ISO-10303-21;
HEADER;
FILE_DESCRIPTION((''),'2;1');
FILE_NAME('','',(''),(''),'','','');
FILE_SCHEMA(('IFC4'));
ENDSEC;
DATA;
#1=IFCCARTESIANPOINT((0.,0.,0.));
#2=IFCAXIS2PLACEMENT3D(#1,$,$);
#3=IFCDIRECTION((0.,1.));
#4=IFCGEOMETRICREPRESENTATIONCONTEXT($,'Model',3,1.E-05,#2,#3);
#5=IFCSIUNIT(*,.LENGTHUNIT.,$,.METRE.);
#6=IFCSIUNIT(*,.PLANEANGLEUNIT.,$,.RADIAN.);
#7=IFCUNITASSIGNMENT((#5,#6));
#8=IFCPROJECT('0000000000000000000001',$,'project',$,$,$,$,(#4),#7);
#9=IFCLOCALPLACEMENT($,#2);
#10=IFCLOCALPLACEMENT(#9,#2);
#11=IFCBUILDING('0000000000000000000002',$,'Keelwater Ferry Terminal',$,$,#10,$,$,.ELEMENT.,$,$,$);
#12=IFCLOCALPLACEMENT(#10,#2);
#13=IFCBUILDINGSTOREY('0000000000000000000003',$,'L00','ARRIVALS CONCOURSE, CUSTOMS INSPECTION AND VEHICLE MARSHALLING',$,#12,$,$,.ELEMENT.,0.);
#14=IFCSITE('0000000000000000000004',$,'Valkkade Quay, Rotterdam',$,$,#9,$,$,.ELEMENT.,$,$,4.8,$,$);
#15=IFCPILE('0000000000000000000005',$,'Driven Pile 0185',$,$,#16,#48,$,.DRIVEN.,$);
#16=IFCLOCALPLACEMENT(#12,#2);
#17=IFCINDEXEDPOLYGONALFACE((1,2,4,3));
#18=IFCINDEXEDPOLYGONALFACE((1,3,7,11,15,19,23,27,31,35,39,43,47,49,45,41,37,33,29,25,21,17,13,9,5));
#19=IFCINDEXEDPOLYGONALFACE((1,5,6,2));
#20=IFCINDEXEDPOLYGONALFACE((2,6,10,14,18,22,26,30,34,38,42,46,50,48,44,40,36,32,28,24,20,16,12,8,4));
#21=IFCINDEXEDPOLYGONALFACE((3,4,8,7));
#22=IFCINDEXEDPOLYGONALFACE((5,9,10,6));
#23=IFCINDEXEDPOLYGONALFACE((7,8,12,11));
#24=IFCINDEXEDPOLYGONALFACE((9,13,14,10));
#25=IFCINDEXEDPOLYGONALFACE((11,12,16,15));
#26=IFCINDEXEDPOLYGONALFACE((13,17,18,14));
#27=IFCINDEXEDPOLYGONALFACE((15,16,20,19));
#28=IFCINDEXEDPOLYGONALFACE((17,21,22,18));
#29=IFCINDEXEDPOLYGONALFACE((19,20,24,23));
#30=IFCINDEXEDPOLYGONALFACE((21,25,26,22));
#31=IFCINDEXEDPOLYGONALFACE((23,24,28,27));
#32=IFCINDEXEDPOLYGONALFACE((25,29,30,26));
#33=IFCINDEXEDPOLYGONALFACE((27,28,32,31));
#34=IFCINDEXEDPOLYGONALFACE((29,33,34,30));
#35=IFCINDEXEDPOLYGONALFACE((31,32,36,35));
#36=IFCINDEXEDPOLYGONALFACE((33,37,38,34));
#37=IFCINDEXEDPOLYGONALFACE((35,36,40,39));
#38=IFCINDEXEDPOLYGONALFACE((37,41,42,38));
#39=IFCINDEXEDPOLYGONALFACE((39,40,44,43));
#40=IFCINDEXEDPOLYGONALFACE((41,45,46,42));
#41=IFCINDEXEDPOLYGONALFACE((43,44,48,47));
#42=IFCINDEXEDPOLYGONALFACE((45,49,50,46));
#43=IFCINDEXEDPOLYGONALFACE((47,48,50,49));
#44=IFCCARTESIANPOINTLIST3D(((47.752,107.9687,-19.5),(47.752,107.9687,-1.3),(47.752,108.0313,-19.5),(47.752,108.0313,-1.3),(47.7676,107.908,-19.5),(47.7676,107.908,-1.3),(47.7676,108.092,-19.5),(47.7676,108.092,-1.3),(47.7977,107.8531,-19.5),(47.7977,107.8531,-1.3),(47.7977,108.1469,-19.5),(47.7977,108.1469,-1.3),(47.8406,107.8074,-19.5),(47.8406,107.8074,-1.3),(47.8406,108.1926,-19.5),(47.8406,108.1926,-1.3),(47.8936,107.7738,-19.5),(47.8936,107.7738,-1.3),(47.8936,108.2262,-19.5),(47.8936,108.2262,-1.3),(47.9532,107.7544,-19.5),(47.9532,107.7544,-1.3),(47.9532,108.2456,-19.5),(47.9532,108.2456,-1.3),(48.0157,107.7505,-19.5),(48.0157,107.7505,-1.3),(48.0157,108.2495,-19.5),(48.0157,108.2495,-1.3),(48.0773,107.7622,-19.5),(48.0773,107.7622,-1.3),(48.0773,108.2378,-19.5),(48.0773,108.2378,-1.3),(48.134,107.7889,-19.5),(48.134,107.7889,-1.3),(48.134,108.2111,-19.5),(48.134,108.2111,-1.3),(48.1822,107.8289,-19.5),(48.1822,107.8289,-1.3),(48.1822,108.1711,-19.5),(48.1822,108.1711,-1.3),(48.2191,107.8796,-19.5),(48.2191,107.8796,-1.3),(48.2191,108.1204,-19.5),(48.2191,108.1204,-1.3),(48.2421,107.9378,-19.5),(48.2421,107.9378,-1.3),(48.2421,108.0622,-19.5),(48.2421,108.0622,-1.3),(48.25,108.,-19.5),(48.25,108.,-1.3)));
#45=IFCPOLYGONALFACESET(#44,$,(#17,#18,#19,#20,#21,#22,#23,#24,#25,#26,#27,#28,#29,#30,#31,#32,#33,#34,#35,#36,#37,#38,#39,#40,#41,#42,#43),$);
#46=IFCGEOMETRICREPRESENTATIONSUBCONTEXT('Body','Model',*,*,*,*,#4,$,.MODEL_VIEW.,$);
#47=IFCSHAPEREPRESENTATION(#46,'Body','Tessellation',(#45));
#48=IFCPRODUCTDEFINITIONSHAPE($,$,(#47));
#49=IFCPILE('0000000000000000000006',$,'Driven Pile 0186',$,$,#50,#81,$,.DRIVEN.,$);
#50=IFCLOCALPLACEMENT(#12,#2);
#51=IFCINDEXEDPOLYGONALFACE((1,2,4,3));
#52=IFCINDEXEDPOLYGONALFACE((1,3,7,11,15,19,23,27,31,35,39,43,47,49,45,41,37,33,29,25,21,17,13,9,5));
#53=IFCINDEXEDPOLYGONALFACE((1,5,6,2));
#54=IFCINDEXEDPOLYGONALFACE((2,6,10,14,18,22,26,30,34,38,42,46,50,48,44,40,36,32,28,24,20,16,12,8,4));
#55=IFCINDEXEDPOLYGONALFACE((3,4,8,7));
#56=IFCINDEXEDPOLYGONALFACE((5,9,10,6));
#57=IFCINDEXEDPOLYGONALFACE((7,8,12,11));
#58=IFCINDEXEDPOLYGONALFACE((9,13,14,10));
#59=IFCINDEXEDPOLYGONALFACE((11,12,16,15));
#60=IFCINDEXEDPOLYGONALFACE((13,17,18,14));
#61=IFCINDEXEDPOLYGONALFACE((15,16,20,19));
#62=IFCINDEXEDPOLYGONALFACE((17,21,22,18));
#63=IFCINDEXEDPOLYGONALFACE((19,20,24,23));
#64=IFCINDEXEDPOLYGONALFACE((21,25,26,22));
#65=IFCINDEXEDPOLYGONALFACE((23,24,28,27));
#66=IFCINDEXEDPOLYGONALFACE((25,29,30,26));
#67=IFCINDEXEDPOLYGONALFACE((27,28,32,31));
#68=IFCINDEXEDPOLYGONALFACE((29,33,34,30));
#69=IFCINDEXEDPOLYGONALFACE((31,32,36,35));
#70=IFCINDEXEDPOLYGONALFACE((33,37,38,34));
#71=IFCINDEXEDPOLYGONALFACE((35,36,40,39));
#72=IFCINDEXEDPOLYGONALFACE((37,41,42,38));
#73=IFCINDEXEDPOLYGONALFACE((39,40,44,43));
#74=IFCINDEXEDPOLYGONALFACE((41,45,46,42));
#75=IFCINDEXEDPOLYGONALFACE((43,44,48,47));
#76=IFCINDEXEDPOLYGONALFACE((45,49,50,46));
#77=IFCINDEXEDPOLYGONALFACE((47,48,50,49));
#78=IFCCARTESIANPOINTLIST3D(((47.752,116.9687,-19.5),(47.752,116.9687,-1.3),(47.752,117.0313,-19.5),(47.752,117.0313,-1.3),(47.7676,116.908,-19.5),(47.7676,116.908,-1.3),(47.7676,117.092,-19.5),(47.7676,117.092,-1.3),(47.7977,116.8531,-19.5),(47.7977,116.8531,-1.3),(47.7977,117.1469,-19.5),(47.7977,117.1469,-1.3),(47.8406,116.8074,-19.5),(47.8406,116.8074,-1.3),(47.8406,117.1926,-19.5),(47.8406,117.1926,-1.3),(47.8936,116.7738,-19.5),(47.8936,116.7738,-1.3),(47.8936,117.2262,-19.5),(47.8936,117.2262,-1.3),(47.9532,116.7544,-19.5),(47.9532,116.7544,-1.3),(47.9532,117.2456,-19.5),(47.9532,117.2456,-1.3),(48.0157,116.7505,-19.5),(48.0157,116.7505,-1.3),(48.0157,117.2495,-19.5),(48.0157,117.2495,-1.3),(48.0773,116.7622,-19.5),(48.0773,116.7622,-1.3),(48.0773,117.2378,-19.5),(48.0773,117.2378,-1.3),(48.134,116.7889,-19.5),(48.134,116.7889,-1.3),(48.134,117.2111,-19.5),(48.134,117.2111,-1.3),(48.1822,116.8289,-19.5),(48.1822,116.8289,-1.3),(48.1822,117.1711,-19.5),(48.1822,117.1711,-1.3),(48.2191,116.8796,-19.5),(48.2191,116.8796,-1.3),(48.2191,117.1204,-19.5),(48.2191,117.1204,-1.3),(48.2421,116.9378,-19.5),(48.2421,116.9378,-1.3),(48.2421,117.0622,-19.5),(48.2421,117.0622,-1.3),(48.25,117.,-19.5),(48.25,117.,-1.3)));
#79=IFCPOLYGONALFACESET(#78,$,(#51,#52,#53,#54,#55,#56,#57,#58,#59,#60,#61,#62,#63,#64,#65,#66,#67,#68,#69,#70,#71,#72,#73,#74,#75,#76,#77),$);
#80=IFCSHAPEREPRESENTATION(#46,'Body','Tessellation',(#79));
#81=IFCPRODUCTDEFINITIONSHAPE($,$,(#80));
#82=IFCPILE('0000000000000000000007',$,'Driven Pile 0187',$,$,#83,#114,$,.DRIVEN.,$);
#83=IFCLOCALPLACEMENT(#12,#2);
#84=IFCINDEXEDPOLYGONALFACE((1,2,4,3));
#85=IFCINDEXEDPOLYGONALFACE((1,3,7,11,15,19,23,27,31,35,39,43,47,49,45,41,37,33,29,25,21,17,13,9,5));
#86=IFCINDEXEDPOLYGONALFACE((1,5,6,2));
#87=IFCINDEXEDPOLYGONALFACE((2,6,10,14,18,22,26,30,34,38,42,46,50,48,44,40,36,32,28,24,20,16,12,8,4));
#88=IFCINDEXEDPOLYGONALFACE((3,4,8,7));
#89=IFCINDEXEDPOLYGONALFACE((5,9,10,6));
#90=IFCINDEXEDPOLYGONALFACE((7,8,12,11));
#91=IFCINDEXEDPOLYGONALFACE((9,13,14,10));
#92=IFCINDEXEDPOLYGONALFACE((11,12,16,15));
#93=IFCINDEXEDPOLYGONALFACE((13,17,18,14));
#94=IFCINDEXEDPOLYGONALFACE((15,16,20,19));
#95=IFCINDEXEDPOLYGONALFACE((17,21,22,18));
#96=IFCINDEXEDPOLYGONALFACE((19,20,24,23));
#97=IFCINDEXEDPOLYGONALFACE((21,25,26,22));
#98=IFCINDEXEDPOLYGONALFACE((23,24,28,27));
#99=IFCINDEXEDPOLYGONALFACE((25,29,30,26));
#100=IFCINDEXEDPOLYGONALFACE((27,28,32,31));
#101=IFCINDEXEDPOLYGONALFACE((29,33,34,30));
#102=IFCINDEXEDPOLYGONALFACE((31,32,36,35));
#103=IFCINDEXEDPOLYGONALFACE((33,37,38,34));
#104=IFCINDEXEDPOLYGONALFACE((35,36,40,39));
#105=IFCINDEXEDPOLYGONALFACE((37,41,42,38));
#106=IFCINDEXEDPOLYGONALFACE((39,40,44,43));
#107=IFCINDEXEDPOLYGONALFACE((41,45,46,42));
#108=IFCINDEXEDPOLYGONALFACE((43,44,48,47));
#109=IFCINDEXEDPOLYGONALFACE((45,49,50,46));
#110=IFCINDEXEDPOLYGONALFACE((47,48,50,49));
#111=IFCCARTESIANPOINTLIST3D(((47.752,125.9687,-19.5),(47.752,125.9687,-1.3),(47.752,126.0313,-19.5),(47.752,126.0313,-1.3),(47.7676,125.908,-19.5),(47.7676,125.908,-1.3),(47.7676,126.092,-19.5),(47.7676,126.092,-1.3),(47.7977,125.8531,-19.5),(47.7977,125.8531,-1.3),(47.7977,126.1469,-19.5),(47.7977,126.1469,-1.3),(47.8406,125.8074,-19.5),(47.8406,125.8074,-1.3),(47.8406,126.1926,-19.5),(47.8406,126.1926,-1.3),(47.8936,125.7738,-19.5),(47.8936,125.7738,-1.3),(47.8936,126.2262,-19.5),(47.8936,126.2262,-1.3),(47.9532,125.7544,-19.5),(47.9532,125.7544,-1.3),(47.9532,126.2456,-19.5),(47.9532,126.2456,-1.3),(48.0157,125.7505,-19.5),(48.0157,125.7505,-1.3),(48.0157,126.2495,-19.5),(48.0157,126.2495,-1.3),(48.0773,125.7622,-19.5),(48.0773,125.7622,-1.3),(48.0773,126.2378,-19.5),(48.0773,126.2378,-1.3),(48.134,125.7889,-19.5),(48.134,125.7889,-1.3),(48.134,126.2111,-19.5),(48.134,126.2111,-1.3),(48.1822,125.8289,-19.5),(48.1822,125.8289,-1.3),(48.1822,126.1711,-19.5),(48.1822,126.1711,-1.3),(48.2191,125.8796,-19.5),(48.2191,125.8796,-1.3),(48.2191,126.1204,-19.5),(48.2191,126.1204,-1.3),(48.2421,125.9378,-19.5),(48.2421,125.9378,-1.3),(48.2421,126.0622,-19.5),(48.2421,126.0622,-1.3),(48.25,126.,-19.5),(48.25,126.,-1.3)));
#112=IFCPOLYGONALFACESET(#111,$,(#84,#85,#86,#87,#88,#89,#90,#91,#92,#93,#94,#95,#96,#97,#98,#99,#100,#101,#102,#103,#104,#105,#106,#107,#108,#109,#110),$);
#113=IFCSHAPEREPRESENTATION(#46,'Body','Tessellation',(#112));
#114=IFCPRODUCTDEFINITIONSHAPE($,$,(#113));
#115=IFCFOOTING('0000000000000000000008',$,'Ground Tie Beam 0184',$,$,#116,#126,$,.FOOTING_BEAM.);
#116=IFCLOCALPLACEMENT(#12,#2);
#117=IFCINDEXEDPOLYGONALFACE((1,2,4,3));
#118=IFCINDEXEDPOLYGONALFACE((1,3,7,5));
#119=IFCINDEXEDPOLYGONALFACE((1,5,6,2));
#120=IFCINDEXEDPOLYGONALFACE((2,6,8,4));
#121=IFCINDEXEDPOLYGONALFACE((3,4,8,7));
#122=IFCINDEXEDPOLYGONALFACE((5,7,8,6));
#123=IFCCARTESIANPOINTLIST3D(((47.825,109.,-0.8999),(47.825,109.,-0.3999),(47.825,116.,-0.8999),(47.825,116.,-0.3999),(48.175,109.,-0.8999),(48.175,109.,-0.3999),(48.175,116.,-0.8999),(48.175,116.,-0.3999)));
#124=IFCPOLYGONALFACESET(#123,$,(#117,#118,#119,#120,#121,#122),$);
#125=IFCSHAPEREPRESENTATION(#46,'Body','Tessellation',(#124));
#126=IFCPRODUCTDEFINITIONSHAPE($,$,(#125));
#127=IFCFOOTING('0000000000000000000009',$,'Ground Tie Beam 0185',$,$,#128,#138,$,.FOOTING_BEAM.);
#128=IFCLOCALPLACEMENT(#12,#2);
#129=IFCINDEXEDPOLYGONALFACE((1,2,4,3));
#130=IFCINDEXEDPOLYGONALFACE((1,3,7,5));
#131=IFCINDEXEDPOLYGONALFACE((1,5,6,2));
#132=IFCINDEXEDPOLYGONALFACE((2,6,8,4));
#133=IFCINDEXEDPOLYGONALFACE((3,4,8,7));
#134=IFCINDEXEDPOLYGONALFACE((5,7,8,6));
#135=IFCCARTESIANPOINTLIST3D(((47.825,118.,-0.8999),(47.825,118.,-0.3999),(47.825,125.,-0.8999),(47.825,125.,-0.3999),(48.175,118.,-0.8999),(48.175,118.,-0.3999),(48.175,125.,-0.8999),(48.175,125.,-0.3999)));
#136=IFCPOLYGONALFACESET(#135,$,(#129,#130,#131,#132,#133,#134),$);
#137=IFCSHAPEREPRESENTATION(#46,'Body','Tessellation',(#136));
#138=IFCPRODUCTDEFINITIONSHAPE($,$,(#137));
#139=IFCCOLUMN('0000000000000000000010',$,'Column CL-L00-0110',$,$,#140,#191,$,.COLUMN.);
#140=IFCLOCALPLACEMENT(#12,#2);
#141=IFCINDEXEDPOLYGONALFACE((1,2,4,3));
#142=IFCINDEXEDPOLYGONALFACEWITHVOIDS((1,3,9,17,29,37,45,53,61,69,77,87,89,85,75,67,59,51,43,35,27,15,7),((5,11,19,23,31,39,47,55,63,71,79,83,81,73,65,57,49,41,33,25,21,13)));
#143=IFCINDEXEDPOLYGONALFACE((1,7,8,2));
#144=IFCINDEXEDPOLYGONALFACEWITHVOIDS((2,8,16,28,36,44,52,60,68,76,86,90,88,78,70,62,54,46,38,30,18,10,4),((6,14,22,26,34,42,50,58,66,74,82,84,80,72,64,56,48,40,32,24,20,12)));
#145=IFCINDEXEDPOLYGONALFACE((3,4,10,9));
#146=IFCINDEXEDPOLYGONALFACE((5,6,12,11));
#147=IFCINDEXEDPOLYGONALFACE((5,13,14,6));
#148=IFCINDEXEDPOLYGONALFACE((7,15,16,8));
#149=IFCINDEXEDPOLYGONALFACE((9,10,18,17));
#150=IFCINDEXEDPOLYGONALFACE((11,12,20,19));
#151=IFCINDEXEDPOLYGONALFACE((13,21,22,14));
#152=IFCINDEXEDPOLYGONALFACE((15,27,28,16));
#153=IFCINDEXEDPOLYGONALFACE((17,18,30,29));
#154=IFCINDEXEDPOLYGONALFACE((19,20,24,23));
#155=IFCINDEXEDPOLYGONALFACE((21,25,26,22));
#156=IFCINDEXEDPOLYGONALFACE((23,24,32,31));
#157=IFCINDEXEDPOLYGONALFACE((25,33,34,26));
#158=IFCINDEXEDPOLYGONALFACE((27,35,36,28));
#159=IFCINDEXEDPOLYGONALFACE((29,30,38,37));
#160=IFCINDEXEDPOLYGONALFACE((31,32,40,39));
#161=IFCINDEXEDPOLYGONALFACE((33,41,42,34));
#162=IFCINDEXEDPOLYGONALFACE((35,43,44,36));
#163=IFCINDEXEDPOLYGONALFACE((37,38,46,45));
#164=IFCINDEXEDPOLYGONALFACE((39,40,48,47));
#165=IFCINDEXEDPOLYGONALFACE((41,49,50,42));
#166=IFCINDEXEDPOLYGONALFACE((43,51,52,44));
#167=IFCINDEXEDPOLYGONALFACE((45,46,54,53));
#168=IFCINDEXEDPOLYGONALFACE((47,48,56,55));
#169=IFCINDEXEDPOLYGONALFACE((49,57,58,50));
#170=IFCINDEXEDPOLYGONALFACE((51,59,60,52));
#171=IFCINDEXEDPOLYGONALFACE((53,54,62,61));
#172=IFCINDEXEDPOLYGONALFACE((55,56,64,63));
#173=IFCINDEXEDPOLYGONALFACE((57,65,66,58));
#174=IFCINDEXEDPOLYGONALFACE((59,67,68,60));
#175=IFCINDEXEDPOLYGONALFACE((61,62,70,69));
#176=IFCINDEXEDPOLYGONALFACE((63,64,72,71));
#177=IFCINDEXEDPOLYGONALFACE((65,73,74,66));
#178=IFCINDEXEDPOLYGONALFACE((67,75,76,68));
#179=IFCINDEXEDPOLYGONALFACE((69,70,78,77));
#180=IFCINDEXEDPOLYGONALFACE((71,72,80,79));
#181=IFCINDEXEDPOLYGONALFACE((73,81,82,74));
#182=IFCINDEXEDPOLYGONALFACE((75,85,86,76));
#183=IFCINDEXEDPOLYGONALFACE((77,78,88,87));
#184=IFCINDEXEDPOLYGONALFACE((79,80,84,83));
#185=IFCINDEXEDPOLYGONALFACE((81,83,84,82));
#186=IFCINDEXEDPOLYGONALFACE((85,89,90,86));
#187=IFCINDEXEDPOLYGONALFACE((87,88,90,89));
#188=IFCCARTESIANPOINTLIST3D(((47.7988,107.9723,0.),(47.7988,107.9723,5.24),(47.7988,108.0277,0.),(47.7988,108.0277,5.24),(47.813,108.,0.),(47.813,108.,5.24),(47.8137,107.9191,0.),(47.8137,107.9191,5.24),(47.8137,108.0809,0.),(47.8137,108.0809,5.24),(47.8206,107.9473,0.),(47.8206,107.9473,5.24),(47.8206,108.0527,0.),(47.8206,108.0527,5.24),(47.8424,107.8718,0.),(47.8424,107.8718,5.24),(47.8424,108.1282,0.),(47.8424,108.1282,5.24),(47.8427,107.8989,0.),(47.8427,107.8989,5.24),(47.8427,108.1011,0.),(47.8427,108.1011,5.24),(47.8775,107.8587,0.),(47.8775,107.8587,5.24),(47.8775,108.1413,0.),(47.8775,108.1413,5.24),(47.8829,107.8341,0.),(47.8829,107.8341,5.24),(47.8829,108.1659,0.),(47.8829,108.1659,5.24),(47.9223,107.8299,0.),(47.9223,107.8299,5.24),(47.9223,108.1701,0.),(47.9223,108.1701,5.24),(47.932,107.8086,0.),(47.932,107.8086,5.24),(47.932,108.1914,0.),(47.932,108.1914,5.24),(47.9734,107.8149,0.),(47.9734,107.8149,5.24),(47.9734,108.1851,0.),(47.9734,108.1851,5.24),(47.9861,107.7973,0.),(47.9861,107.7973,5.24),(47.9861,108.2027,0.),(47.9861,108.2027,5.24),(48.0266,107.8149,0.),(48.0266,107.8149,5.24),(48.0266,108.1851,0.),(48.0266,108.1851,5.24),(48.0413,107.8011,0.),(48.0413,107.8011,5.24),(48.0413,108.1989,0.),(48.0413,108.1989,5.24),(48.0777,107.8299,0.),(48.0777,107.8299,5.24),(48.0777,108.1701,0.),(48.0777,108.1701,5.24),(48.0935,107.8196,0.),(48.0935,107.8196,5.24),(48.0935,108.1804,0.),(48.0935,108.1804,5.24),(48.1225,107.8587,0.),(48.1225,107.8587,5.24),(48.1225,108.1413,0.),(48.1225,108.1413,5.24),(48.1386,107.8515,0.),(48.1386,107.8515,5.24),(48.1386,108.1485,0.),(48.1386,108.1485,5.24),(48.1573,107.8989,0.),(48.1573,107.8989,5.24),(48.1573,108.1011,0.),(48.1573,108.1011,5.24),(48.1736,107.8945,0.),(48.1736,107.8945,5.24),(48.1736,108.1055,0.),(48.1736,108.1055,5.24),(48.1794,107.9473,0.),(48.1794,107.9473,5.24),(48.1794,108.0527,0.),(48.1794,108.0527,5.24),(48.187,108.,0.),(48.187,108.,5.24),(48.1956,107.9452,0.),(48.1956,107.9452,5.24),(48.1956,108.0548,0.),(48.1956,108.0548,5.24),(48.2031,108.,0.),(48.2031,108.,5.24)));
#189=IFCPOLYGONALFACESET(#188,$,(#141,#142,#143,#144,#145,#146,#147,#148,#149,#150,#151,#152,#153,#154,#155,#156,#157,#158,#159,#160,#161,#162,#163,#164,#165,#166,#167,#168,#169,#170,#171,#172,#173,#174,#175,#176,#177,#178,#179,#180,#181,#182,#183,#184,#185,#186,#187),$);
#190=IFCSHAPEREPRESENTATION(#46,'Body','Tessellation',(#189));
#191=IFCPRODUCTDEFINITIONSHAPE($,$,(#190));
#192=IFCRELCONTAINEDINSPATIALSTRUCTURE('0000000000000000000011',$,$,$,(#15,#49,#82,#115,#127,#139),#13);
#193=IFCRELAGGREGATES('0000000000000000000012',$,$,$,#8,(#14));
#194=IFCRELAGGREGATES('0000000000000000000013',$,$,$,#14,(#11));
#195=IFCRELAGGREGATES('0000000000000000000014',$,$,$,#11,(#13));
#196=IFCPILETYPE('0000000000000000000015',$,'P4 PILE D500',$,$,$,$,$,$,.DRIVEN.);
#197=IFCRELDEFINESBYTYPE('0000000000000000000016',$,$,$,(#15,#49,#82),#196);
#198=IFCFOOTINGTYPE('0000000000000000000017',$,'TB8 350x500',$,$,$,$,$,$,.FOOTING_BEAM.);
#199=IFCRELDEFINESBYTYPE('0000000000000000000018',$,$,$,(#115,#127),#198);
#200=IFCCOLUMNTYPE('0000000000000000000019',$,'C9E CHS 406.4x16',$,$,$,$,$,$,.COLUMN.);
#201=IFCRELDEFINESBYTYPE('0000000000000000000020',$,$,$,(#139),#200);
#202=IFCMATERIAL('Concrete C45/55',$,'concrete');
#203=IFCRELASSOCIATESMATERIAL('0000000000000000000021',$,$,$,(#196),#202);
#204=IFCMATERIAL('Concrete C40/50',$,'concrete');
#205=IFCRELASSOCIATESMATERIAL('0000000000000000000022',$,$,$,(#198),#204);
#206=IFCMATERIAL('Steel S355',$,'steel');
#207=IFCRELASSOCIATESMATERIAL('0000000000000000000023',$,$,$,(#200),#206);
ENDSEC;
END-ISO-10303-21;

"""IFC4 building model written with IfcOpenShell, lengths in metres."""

from ifc_helpers import new_model, si_unit, direction, frame, origin, origin_2d, place, context, subcontext, project, spatial, rectangle, circle, hollow_circle, extrude, material, material_profile, profile_set, type_object, element, save


model = new_model("IFC4")

# Units and contexts
model_context = context("Model", 3, precision=1e-05, world=origin(), true_north=direction((0.0, 1.0)))
body_context = subcontext(model_context, "Body", "Model", "MODEL_VIEW")
ifc_project = project(units=[si_unit("LENGTHUNIT", "METRE"), si_unit("PLANEANGLEUNIT", "RADIAN")], contexts=[model_context])

# Site, building, storey
site_placement = place(None, origin())
site = spatial("IfcSite", under=ifc_project, at=site_placement, Name="Valkkade Quay, Rotterdam", CompositionType="ELEMENT", RefElevation=4.8)
building_placement = place(site_placement, origin())
building = spatial("IfcBuilding", under=site, at=building_placement, Name="Keelwater Ferry Terminal", CompositionType="ELEMENT")
storey_placement = place(building_placement, origin())
storey = spatial("IfcBuildingStorey", under=building, at=storey_placement, Name="L00", Description="ARRIVALS CONCOURSE, CUSTOMS INSPECTION AND VEHICLE MARSHALLING", CompositionType="ELEMENT", Elevation=0.0)

# Piles
ifc_material_1 = material(Name="Concrete C45/55", Category="concrete")
ifc_material_profile_1 = material_profile(ifc_material_1, circle(Radius=0.25, at=origin_2d()), Name="PILE D500")
ifc_profile_set_1 = profile_set([ifc_material_profile_1], Name="Concrete C45/55")
pile_type = type_object("IfcPileType", Name="P4 PILE D500", PredefinedType="DRIVEN", material=ifc_profile_set_1)
for number, where, z_axis, x_axis, name in (
    (1, (48.0, 108.0, -1.3), (0.0, 0.0, -1.0), (1.0, 0.0, 0.0), "Driven Pile 0185"),
    (2, (48.0, 117.0, -1.3), (0.0, 0.0, -1.0), (1.0, 0.0, 0.0), "Driven Pile 0186"),
    (3, (48.0, 126.0, -1.3), (0.0, 0.0, -1.0), (1.0, 0.0, 0.0), "Driven Pile 0187"),
):
    element("IfcPile", number, at=place(storey_placement, frame(where, z_axis=z_axis, x_axis=x_axis)), inside=storey, type_object=pile_type, Name=name, PredefinedType="DRIVEN", context=body_context, shape_type="SweptSolid", body=[
        extrude(circle(Radius=0.25, at=origin_2d()), origin(), (0.0, 0.0, 1.0), 18.2),
    ])

# Footings
ifc_material_2 = material(Name="Concrete C40/50", Category="concrete")
ifc_material_profile_2 = material_profile(ifc_material_2, rectangle(XDim=0.3501, YDim=0.5, at=origin_2d()), Name="TB 350x500")
ifc_profile_set_2 = profile_set([ifc_material_profile_2], Name="Concrete C40/50")
footing_type = type_object("IfcFootingType", Name="TB8 350x500", PredefinedType="FOOTING_BEAM", material=ifc_profile_set_2)
for number, where, z_axis, x_axis, name in (
    (4, (48.0, 109.0, -0.6499), (0.0, 1.0, 0.0), (-1.0, 0.0, 0.0), "Ground Tie Beam 0184"),
    (5, (48.0, 118.0, -0.6499), (0.0, 1.0, 0.0), (-1.0, 0.0, 0.0), "Ground Tie Beam 0185"),
):
    element("IfcFooting", number, at=place(storey_placement, frame(where, z_axis=z_axis, x_axis=x_axis)), inside=storey, type_object=footing_type, Name=name, PredefinedType="FOOTING_BEAM", context=body_context, shape_type="SweptSolid", body=[
        extrude(rectangle(XDim=0.3501, YDim=0.5, at=origin_2d()), origin(), (0.0, 0.0, 1.0), 7.0),
    ])

# Column
ifc_material_3 = material(Name="Steel S355", Category="steel")
ifc_material_profile_3 = material_profile(ifc_material_3, hollow_circle(Radius=0.2031, WallThickness=0.0161, at=origin_2d()), Name="CHS 406.4x16")
ifc_profile_set_3 = profile_set([ifc_material_profile_3], Name="Steel S355")
column_type = type_object("IfcColumnType", Name="C9E CHS 406.4x16", PredefinedType="COLUMN", material=ifc_profile_set_3)
for number, where, z_axis, x_axis, name in (
    (6, (48.0, 108.0, 0.0), (0.0, 0.0, 1.0), (1.0, 0.0, 0.0), "Column CL-L00-0110"),
):
    element("IfcColumn", number, at=place(storey_placement, frame(where, z_axis=z_axis, x_axis=x_axis)), inside=storey, type_object=column_type, Name=name, PredefinedType="COLUMN", context=body_context, shape_type="SweptSolid", body=[
        extrude(hollow_circle(Radius=0.2031, WallThickness=0.0161, at=origin_2d()), origin(), (0.0, 0.0, 1.0), 5.24),
    ])

save(model, "model.ifc")
